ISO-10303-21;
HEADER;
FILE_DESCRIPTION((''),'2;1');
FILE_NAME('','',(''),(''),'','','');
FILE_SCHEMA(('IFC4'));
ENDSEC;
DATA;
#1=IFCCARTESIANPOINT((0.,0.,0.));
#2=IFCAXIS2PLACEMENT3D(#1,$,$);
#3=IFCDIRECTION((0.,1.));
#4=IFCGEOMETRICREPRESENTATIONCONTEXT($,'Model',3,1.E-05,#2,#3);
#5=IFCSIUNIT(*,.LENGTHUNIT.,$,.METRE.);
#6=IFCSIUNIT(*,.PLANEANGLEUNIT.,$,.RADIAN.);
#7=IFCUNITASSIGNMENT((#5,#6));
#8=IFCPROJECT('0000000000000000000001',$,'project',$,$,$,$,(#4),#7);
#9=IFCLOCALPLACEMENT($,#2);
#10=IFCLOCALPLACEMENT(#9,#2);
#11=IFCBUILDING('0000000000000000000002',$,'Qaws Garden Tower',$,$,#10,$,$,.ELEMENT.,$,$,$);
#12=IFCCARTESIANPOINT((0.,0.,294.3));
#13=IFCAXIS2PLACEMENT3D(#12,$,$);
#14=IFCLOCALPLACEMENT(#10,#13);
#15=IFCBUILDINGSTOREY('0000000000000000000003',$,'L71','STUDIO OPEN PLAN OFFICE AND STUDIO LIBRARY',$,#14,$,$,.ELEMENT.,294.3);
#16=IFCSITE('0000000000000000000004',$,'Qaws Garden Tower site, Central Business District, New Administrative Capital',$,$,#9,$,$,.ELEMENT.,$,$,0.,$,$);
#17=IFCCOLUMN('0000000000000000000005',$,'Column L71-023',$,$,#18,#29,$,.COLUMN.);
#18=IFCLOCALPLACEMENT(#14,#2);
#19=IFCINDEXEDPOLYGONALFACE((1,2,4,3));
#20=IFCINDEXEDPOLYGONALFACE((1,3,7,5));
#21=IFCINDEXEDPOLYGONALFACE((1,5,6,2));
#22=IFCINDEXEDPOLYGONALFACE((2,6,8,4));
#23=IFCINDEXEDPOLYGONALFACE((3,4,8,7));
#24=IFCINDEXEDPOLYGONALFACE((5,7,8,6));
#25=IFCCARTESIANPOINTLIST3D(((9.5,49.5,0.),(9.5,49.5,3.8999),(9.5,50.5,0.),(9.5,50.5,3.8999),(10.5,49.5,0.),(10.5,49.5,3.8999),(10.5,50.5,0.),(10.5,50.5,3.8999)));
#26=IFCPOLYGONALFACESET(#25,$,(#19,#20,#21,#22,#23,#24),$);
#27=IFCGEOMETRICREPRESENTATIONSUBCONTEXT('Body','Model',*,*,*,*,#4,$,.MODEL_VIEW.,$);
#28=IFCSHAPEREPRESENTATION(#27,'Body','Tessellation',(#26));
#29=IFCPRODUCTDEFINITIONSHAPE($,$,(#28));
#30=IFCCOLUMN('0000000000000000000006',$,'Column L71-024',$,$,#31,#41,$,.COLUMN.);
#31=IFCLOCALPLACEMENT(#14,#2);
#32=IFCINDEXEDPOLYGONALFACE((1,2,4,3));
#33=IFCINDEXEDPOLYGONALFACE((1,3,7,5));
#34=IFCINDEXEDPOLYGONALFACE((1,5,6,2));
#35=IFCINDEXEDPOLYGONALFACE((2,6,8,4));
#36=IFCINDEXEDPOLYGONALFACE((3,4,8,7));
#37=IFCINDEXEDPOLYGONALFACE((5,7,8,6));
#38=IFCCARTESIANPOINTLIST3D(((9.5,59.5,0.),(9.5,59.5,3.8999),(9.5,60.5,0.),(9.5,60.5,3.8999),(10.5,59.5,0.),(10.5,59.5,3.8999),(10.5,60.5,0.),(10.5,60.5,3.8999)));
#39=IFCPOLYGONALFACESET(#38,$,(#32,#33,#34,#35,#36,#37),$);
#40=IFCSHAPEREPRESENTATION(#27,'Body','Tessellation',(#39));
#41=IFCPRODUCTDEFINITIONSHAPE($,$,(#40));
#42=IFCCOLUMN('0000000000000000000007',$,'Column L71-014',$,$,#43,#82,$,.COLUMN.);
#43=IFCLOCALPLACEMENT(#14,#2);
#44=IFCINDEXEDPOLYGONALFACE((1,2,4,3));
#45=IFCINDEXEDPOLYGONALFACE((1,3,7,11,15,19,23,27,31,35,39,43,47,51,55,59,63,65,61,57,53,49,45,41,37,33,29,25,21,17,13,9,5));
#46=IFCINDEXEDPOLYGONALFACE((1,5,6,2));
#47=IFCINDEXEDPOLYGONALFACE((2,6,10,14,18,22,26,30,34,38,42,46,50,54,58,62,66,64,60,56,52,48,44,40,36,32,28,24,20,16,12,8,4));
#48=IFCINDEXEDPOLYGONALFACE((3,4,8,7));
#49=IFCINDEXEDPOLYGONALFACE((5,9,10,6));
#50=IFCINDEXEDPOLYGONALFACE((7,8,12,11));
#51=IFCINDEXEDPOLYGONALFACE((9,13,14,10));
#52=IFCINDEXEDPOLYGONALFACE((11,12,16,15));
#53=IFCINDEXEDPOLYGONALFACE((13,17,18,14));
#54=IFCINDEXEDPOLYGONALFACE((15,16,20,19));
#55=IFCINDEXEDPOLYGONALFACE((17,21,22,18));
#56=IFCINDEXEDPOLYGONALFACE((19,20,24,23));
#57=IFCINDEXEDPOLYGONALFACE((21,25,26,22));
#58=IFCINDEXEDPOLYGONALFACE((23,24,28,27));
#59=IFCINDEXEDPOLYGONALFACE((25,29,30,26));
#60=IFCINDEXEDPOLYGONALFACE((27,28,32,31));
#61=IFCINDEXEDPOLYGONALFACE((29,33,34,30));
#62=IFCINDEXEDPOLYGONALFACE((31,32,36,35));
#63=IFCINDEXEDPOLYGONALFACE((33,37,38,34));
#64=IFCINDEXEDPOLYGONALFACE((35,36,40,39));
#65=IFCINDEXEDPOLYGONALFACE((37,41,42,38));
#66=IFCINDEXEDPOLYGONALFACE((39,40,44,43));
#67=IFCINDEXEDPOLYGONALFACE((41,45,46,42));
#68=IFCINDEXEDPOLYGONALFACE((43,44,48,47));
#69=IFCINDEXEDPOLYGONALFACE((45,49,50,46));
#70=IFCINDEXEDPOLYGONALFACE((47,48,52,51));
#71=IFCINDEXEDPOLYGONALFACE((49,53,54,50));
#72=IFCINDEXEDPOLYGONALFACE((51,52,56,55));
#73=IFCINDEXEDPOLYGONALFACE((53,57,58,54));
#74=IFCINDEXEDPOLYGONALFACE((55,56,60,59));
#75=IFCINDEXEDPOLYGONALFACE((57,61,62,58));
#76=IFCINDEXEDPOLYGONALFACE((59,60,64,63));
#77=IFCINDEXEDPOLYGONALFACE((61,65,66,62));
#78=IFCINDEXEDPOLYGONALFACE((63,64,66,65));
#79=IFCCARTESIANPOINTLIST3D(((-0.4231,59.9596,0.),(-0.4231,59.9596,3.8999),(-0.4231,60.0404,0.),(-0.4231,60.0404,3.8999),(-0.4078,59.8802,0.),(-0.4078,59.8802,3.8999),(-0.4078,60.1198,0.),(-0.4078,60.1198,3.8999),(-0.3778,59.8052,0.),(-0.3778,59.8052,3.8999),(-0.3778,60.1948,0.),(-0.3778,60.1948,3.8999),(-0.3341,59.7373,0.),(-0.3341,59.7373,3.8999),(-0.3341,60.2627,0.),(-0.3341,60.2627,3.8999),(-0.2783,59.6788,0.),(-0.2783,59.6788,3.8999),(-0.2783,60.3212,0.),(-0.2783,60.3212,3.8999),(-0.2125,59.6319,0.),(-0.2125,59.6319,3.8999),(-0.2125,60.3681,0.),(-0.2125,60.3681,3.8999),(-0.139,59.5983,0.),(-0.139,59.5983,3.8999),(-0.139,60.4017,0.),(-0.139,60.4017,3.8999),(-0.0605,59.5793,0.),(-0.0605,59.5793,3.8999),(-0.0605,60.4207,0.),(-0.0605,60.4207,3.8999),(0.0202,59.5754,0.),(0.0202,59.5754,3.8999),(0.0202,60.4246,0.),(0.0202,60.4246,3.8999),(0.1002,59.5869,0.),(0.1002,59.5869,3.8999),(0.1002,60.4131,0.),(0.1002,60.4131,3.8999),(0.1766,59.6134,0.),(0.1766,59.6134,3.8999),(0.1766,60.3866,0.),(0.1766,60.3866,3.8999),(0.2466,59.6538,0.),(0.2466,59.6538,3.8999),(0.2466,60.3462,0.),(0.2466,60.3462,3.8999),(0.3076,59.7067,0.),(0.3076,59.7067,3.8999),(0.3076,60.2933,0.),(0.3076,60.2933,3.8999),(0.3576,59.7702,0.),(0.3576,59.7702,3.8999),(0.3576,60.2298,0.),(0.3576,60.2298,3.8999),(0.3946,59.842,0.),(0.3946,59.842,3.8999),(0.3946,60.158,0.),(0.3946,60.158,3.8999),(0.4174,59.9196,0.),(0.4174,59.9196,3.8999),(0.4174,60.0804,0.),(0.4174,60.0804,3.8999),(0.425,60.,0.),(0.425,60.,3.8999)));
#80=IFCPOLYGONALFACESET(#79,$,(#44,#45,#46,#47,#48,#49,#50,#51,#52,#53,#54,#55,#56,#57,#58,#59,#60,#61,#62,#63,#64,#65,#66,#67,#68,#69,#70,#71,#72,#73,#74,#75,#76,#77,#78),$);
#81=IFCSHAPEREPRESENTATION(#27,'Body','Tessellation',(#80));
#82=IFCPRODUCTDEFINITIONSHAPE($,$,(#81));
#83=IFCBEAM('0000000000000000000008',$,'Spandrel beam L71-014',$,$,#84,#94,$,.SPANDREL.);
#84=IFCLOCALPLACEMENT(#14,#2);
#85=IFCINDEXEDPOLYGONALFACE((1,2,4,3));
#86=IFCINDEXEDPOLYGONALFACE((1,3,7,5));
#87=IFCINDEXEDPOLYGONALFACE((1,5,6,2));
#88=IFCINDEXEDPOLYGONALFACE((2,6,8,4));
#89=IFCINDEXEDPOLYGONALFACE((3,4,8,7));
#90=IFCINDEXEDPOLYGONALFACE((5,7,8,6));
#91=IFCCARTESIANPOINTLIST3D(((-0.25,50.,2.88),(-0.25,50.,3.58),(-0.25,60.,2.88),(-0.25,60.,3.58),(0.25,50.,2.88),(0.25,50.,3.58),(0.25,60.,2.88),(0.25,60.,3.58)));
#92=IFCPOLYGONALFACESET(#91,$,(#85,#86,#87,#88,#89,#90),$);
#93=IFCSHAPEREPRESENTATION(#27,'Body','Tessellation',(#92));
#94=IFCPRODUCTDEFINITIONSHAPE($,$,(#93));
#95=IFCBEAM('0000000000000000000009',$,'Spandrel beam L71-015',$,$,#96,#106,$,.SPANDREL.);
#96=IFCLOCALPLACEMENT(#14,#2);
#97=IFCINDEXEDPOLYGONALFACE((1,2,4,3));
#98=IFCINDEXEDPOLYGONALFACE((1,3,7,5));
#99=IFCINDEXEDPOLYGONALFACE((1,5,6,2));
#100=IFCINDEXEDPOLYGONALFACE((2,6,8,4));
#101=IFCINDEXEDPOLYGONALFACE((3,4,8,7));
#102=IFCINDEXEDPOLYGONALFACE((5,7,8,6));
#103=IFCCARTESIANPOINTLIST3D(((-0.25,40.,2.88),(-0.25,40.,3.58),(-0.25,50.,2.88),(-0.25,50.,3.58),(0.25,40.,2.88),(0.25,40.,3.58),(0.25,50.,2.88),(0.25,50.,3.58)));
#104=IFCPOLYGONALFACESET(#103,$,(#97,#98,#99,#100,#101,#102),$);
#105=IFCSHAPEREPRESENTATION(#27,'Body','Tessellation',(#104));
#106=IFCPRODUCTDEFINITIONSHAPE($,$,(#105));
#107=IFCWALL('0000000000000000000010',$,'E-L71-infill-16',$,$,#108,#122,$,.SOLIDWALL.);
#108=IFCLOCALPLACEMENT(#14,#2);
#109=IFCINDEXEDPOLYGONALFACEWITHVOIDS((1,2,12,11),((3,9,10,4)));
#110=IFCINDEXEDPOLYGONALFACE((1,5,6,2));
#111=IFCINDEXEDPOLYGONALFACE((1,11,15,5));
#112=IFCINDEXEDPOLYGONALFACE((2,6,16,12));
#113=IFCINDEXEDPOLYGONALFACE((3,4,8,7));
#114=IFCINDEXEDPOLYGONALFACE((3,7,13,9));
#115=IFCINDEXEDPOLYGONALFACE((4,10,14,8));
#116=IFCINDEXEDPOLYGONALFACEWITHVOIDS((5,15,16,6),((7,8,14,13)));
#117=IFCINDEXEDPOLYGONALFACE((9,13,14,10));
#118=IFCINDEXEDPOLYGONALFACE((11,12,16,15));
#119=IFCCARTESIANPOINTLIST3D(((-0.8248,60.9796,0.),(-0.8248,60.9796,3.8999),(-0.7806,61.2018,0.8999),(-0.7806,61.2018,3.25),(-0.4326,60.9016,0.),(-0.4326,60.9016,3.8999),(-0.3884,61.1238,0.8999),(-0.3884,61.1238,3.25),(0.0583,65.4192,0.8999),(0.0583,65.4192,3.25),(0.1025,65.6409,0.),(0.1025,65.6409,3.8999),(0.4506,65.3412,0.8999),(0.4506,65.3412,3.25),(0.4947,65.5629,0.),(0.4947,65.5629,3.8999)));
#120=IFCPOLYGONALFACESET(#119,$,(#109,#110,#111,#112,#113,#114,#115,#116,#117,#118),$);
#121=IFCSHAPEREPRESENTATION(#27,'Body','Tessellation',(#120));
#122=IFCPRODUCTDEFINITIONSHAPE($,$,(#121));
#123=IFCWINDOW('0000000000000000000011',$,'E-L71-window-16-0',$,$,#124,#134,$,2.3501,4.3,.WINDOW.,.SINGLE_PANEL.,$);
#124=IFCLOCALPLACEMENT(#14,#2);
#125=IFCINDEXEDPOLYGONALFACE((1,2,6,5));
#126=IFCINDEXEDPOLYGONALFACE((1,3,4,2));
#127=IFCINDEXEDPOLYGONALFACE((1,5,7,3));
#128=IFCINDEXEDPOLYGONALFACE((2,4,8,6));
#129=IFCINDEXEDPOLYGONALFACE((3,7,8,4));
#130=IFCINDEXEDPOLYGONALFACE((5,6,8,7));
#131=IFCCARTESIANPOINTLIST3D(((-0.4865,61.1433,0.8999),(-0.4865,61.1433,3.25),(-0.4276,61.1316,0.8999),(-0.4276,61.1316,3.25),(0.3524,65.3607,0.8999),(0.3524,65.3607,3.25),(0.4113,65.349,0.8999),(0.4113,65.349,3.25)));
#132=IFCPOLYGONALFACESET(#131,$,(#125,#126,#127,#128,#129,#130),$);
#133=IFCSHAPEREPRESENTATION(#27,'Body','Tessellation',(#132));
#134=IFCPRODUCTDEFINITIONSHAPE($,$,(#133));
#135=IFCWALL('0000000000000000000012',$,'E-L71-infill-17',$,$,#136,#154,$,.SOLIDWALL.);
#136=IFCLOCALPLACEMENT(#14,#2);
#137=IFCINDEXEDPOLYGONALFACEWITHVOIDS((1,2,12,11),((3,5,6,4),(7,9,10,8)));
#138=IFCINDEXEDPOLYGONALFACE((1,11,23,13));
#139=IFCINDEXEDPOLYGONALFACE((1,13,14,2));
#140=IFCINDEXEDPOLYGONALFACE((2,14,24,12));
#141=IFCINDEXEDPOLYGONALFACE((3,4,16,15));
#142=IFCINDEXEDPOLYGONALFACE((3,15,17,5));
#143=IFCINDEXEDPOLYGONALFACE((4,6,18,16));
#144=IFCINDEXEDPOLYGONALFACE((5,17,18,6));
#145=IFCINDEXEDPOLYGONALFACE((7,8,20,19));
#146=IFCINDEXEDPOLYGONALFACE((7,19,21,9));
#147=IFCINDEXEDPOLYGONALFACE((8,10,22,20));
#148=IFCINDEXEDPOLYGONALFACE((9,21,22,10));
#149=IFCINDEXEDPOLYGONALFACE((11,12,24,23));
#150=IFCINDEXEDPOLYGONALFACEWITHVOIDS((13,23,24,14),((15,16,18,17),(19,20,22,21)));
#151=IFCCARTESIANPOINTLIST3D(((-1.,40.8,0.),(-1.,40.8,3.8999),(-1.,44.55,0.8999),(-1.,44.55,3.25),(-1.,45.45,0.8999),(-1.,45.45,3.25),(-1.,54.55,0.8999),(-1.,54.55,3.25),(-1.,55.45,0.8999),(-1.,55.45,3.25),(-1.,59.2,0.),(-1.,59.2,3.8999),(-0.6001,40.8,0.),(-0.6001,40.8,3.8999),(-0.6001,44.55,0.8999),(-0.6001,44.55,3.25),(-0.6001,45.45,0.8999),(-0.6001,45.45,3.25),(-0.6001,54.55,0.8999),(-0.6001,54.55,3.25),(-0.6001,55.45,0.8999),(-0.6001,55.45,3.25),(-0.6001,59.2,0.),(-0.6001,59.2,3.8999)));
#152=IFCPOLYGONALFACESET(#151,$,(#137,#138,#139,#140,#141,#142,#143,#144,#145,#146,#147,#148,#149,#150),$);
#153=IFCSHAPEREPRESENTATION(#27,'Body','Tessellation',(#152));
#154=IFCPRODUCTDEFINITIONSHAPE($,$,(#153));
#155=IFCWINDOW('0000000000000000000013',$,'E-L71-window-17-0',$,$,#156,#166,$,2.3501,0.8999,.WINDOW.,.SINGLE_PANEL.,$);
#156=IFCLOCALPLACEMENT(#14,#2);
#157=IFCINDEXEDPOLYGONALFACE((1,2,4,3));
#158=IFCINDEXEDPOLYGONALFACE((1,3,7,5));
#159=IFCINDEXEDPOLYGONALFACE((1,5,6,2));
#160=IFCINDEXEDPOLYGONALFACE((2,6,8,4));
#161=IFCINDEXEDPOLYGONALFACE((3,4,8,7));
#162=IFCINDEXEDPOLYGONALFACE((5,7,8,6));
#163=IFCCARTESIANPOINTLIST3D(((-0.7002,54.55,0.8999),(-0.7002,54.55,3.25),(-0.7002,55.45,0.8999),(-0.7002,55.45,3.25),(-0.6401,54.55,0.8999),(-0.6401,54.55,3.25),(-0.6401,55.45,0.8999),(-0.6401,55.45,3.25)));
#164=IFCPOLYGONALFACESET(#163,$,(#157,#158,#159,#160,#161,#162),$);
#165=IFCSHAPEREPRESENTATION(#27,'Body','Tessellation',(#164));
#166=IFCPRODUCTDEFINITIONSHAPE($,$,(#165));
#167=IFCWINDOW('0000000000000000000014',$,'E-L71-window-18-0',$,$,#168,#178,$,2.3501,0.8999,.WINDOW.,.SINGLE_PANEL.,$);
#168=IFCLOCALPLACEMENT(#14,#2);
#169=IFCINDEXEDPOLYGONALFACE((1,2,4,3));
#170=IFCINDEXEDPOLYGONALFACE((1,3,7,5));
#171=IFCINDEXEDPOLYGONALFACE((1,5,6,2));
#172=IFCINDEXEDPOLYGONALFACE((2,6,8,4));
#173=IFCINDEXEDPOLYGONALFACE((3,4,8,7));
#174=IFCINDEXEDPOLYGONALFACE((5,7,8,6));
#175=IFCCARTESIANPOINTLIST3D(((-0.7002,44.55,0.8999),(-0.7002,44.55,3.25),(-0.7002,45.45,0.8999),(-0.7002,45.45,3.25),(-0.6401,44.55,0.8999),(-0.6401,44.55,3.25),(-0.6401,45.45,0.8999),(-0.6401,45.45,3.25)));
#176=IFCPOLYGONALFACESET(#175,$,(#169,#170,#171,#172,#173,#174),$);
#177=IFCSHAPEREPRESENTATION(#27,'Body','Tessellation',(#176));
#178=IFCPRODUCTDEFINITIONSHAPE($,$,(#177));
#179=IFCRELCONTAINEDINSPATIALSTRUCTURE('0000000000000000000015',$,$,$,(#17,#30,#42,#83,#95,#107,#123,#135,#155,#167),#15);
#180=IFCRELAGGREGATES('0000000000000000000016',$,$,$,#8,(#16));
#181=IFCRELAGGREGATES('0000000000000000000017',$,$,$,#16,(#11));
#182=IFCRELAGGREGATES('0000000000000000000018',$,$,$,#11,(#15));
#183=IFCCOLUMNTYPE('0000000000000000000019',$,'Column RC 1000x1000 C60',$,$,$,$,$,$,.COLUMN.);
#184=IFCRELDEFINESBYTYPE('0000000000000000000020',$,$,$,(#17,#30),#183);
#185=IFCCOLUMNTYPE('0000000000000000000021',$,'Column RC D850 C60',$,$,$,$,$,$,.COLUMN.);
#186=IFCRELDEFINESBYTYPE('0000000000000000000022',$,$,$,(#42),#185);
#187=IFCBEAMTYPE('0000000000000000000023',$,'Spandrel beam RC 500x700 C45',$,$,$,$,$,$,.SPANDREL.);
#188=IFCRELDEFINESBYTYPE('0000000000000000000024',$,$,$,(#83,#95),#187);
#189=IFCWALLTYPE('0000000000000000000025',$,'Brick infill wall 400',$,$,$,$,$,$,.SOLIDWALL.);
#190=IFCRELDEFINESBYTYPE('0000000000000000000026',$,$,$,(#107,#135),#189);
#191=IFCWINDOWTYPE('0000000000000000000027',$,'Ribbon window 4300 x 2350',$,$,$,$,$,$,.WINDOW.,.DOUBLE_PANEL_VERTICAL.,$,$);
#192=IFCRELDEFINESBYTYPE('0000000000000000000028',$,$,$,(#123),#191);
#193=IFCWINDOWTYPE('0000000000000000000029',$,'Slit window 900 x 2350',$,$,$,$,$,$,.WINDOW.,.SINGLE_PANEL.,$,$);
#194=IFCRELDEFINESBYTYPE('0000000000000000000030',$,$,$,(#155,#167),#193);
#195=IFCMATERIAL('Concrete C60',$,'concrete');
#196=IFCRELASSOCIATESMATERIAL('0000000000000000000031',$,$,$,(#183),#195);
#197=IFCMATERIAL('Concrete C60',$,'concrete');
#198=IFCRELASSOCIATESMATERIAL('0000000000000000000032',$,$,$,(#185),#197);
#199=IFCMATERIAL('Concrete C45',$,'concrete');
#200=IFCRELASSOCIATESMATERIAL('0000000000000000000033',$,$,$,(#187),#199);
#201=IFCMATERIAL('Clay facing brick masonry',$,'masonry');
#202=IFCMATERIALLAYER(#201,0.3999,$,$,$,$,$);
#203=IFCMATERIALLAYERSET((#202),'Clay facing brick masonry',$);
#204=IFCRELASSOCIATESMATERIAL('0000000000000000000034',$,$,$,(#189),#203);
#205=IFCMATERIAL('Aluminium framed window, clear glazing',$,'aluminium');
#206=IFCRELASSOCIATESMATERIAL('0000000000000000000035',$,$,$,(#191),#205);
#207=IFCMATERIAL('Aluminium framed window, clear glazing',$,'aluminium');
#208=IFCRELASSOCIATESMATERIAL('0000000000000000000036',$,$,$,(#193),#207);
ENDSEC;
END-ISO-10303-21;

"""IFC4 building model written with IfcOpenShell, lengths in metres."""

from ifc_helpers import new_model, si_unit, direction, frame, frame_2d, origin, origin_2d, place, context, subcontext, project, spatial, rectangle, circle, extrude, material, layer, layer_set, material_profile, profile_set, type_object, element, fill, save


model = new_model("IFC4")

# Units and contexts
model_context = context("Model", 3, precision=1e-05, world=origin(), true_north=direction((0.0, 1.0)))
body_context = subcontext(model_context, "Body", "Model", "MODEL_VIEW")
ifc_project = project(units=[si_unit("LENGTHUNIT", "METRE"), si_unit("PLANEANGLEUNIT", "RADIAN")], contexts=[model_context])

# Site, building, storey
site_placement = place(None, origin())
site = spatial("IfcSite", under=ifc_project, at=site_placement, Name="Qaws Garden Tower site, Central Business District, New Administrative Capital", CompositionType="ELEMENT", RefElevation=0.0)
building_placement = place(site_placement, origin())
building = spatial("IfcBuilding", under=site, at=building_placement, Name="Qaws Garden Tower", CompositionType="ELEMENT")
storey_placement = place(building_placement, frame((0.0, 0.0, 294.3)))
storey = spatial("IfcBuildingStorey", under=building, at=storey_placement, Name="L71", Description="STUDIO OPEN PLAN OFFICE AND STUDIO LIBRARY", CompositionType="ELEMENT", Elevation=294.3)

# Columns
ifc_material_1 = material(Name="Concrete C60", Category="concrete")
ifc_material_profile_1 = material_profile(ifc_material_1, rectangle(XDim=1.0, YDim=1.0, at=origin_2d()), Name="RC 1000x1000")
ifc_profile_set_1 = profile_set([ifc_material_profile_1], Name="Concrete C60")
column_type_1 = type_object("IfcColumnType", Name="Column RC 1000x1000 C60", PredefinedType="COLUMN", material=ifc_profile_set_1)
for number, where, z_axis, x_axis, name in (
    (1, (10.0, 50.0, 0.0), (0.0, 0.0, 1.0), (1.0, 0.0, 0.0), "Column L71-023"),
    (2, (10.0, 60.0, 0.0), (0.0, 0.0, 1.0), (1.0, 0.0, 0.0), "Column L71-024"),
):
    element("IfcColumn", number, at=place(storey_placement, frame(where, z_axis=z_axis, x_axis=x_axis)), inside=storey, type_object=column_type_1, Name=name, PredefinedType="COLUMN", context=body_context, shape_type="SweptSolid", body=[
        extrude(rectangle(XDim=1.0, YDim=1.0, at=origin_2d()), origin(), (0.0, 0.0, 1.0), 3.8999),
    ])
ifc_material_2 = material(Name="Concrete C60", Category="concrete")
ifc_material_profile_2 = material_profile(ifc_material_2, circle(Radius=0.425, at=origin_2d()), Name="RC D850")
ifc_profile_set_2 = profile_set([ifc_material_profile_2], Name="Concrete C60")
column_type_2 = type_object("IfcColumnType", Name="Column RC D850 C60", PredefinedType="COLUMN", material=ifc_profile_set_2)
column_placement = place(storey_placement, frame((0.0, 60.0, 0.0), z_axis=(0.0, 0.0, 1.0), x_axis=(1.0, 0.0, 0.0)))
element("IfcColumn", 3, at=column_placement, inside=storey, type_object=column_type_2, Name="Column L71-014", PredefinedType="COLUMN", context=body_context, shape_type="SweptSolid", body=[
    extrude(circle(Radius=0.425, at=origin_2d()), origin(), (0.0, 0.0, 1.0), 3.8999),
])

# Beams
ifc_material_3 = material(Name="Concrete C45", Category="concrete")
ifc_material_profile_3 = material_profile(ifc_material_3, rectangle(XDim=0.5, YDim=0.7, at=origin_2d()), Name="RC 500x700")
ifc_profile_set_3 = profile_set([ifc_material_profile_3], Name="Concrete C45")
beam_type = type_object("IfcBeamType", Name="Spandrel beam RC 500x700 C45", PredefinedType="SPANDREL", material=ifc_profile_set_3)
for number, where, z_axis, x_axis, name in (
    (4, (0.0, 60.0, 3.23), (0.0, -1.0, 0.0), (1.0, 0.0, 0.0), "Spandrel beam L71-014"),
    (5, (0.0, 50.0, 3.23), (0.0, -1.0, 0.0), (1.0, 0.0, 0.0), "Spandrel beam L71-015"),
):
    element("IfcBeam", number, at=place(storey_placement, frame(where, z_axis=z_axis, x_axis=x_axis)), inside=storey, type_object=beam_type, Name=name, PredefinedType="SPANDREL", context=body_context, shape_type="SweptSolid", body=[
        extrude(rectangle(XDim=0.5, YDim=0.7, at=origin_2d()), origin(), (0.0, 0.0, 1.0), 10.0),
    ])

# Wall, opening, window
ifc_material_4 = material(Name="Clay facing brick masonry", Category="masonry")
ifc_layer_1 = layer(ifc_material_4, 0.3999)
ifc_layer_set_1 = layer_set([ifc_layer_1], Name="Clay facing brick masonry")
wall_type_1 = type_object("IfcWallType", Name="Brick infill wall 400", PredefinedType="SOLIDWALL", material=ifc_layer_set_1)
wall_1_placement = place(storey_placement, frame((0.2986, 65.6021, 0.0), z_axis=(0.0, 0.0, 1.0), x_axis=(-0.195099, -0.980784, 0.0)))
wall_1 = element("IfcWall", 6, at=wall_1_placement, inside=storey, type_object=wall_type_1, Name="E-L71-infill-16", PredefinedType="SOLIDWALL", context=body_context, shape_type="SweptSolid", body=[
    extrude(rectangle(XDim=4.7527, YDim=0.3999, at=frame_2d((2.3765, 0.0))), origin(), (0.0, 0.0, 1.0), 3.8999),
])
opening_1_placement = place(wall_1_placement, frame((0.2263, 0.0, 0.8999)))
opening_1 = element("IfcOpeningElement", 7, at=opening_1_placement, cuts=wall_1, PredefinedType="OPENING", context=body_context, shape_type="SweptSolid", body=[
    extrude(rectangle(XDim=4.3, YDim=2.3501, at=frame_2d((2.1499, 1.175))), frame((0.0, 0.21, 0.0), z_axis=(0.0, -1.0, 0.0), x_axis=(1.0, 0.0, 0.0)), (0.0, 0.0, 1.0), 0.4199),
])
ifc_material_5 = material(Name="Aluminium framed window, clear glazing", Category="aluminium")
window_type_1 = type_object("IfcWindowType", Name="Ribbon window 4300 x 2350", PartitioningType="DOUBLE_PANEL_VERTICAL", PredefinedType="WINDOW", material=ifc_material_5)
window_1_placement = place(opening_1_placement, origin())
window_1 = element("IfcWindow", 8, at=window_1_placement, inside=storey, type_object=window_type_1, Name="E-L71-window-16-0", OverallHeight=2.3501, OverallWidth=4.3, PartitioningType="SINGLE_PANEL", PredefinedType="WINDOW", context=body_context, shape_type="SweptSolid", body=[
    extrude(rectangle(XDim=4.3, YDim=2.3501, at=frame_2d((2.1499, 1.175))), frame((0.0, 0.1599, 0.0), z_axis=(0.0, -1.0, 0.0), x_axis=(1.0, 0.0, 0.0)), (0.0, 0.0, 1.0), 0.0601),
])
fill(opening_1, window_1)

# Wall, openings, windows
wall_2_placement = place(storey_placement, frame((-0.8, 59.2, 0.0), z_axis=(0.0, 0.0, 1.0), x_axis=(0.0, -1.0, 0.0)))
wall_2 = element("IfcWall", 9, at=wall_2_placement, inside=storey, type_object=wall_type_1, Name="E-L71-infill-17", PredefinedType="SOLIDWALL", context=body_context, shape_type="SweptSolid", body=[
    extrude(rectangle(XDim=18.3999, YDim=0.3999, at=frame_2d((9.2, 0.0))), origin(), (0.0, 0.0, 1.0), 3.8999),
])
opening_2_placement = place(wall_2_placement, frame((3.75, 0.0, 0.8999)))
opening_2 = element("IfcOpeningElement", 10, at=opening_2_placement, cuts=wall_2, PredefinedType="OPENING", context=body_context, shape_type="SweptSolid", body=[
    extrude(rectangle(XDim=0.8999, YDim=2.3501, at=frame_2d((0.45, 1.175))), frame((0.0, 0.21, 0.0), z_axis=(0.0, -1.0, 0.0), x_axis=(1.0, 0.0, 0.0)), (0.0, 0.0, 1.0), 0.4199),
])
opening_3_placement = place(wall_2_placement, frame((13.75, 0.0, 0.8999)))
opening_3 = element("IfcOpeningElement", 11, at=opening_3_placement, cuts=wall_2, PredefinedType="OPENING", context=body_context, shape_type="SweptSolid", body=[
    extrude(rectangle(XDim=0.8999, YDim=2.3501, at=frame_2d((0.45, 1.175))), frame((0.0, 0.21, 0.0), z_axis=(0.0, -1.0, 0.0), x_axis=(1.0, 0.0, 0.0)), (0.0, 0.0, 1.0), 0.4199),
])
ifc_material_6 = material(Name="Aluminium framed window, clear glazing", Category="aluminium")
window_type_2 = type_object("IfcWindowType", Name="Slit window 900 x 2350", PartitioningType="SINGLE_PANEL", PredefinedType="WINDOW", material=ifc_material_6)
window_2_placement = place(opening_2_placement, origin())
window_2 = element("IfcWindow", 12, at=window_2_placement, inside=storey, type_object=window_type_2, Name="E-L71-window-17-0", OverallHeight=2.3501, OverallWidth=0.8999, PartitioningType="SINGLE_PANEL", PredefinedType="WINDOW", context=body_context, shape_type="SweptSolid", body=[
    extrude(rectangle(XDim=0.8999, YDim=2.3501, at=frame_2d((0.45, 1.175))), frame((0.0, 0.1599, 0.0), z_axis=(0.0, -1.0, 0.0), x_axis=(1.0, 0.0, 0.0)), (0.0, 0.0, 1.0), 0.0601),
])
fill(opening_2, window_2)
window_3_placement = place(opening_3_placement, origin())
window_3 = element("IfcWindow", 13, at=window_3_placement, inside=storey, type_object=window_type_2, Name="E-L71-window-18-0", OverallHeight=2.3501, OverallWidth=0.8999, PartitioningType="SINGLE_PANEL", PredefinedType="WINDOW", context=body_context, shape_type="SweptSolid", body=[
    extrude(rectangle(XDim=0.8999, YDim=2.3501, at=frame_2d((0.45, 1.175))), frame((0.0, 0.1599, 0.0), z_axis=(0.0, -1.0, 0.0), x_axis=(1.0, 0.0, 0.0)), (0.0, 0.0, 1.0), 0.0601),
])
fill(opening_3, window_3)

save(model, "model.ifc")
